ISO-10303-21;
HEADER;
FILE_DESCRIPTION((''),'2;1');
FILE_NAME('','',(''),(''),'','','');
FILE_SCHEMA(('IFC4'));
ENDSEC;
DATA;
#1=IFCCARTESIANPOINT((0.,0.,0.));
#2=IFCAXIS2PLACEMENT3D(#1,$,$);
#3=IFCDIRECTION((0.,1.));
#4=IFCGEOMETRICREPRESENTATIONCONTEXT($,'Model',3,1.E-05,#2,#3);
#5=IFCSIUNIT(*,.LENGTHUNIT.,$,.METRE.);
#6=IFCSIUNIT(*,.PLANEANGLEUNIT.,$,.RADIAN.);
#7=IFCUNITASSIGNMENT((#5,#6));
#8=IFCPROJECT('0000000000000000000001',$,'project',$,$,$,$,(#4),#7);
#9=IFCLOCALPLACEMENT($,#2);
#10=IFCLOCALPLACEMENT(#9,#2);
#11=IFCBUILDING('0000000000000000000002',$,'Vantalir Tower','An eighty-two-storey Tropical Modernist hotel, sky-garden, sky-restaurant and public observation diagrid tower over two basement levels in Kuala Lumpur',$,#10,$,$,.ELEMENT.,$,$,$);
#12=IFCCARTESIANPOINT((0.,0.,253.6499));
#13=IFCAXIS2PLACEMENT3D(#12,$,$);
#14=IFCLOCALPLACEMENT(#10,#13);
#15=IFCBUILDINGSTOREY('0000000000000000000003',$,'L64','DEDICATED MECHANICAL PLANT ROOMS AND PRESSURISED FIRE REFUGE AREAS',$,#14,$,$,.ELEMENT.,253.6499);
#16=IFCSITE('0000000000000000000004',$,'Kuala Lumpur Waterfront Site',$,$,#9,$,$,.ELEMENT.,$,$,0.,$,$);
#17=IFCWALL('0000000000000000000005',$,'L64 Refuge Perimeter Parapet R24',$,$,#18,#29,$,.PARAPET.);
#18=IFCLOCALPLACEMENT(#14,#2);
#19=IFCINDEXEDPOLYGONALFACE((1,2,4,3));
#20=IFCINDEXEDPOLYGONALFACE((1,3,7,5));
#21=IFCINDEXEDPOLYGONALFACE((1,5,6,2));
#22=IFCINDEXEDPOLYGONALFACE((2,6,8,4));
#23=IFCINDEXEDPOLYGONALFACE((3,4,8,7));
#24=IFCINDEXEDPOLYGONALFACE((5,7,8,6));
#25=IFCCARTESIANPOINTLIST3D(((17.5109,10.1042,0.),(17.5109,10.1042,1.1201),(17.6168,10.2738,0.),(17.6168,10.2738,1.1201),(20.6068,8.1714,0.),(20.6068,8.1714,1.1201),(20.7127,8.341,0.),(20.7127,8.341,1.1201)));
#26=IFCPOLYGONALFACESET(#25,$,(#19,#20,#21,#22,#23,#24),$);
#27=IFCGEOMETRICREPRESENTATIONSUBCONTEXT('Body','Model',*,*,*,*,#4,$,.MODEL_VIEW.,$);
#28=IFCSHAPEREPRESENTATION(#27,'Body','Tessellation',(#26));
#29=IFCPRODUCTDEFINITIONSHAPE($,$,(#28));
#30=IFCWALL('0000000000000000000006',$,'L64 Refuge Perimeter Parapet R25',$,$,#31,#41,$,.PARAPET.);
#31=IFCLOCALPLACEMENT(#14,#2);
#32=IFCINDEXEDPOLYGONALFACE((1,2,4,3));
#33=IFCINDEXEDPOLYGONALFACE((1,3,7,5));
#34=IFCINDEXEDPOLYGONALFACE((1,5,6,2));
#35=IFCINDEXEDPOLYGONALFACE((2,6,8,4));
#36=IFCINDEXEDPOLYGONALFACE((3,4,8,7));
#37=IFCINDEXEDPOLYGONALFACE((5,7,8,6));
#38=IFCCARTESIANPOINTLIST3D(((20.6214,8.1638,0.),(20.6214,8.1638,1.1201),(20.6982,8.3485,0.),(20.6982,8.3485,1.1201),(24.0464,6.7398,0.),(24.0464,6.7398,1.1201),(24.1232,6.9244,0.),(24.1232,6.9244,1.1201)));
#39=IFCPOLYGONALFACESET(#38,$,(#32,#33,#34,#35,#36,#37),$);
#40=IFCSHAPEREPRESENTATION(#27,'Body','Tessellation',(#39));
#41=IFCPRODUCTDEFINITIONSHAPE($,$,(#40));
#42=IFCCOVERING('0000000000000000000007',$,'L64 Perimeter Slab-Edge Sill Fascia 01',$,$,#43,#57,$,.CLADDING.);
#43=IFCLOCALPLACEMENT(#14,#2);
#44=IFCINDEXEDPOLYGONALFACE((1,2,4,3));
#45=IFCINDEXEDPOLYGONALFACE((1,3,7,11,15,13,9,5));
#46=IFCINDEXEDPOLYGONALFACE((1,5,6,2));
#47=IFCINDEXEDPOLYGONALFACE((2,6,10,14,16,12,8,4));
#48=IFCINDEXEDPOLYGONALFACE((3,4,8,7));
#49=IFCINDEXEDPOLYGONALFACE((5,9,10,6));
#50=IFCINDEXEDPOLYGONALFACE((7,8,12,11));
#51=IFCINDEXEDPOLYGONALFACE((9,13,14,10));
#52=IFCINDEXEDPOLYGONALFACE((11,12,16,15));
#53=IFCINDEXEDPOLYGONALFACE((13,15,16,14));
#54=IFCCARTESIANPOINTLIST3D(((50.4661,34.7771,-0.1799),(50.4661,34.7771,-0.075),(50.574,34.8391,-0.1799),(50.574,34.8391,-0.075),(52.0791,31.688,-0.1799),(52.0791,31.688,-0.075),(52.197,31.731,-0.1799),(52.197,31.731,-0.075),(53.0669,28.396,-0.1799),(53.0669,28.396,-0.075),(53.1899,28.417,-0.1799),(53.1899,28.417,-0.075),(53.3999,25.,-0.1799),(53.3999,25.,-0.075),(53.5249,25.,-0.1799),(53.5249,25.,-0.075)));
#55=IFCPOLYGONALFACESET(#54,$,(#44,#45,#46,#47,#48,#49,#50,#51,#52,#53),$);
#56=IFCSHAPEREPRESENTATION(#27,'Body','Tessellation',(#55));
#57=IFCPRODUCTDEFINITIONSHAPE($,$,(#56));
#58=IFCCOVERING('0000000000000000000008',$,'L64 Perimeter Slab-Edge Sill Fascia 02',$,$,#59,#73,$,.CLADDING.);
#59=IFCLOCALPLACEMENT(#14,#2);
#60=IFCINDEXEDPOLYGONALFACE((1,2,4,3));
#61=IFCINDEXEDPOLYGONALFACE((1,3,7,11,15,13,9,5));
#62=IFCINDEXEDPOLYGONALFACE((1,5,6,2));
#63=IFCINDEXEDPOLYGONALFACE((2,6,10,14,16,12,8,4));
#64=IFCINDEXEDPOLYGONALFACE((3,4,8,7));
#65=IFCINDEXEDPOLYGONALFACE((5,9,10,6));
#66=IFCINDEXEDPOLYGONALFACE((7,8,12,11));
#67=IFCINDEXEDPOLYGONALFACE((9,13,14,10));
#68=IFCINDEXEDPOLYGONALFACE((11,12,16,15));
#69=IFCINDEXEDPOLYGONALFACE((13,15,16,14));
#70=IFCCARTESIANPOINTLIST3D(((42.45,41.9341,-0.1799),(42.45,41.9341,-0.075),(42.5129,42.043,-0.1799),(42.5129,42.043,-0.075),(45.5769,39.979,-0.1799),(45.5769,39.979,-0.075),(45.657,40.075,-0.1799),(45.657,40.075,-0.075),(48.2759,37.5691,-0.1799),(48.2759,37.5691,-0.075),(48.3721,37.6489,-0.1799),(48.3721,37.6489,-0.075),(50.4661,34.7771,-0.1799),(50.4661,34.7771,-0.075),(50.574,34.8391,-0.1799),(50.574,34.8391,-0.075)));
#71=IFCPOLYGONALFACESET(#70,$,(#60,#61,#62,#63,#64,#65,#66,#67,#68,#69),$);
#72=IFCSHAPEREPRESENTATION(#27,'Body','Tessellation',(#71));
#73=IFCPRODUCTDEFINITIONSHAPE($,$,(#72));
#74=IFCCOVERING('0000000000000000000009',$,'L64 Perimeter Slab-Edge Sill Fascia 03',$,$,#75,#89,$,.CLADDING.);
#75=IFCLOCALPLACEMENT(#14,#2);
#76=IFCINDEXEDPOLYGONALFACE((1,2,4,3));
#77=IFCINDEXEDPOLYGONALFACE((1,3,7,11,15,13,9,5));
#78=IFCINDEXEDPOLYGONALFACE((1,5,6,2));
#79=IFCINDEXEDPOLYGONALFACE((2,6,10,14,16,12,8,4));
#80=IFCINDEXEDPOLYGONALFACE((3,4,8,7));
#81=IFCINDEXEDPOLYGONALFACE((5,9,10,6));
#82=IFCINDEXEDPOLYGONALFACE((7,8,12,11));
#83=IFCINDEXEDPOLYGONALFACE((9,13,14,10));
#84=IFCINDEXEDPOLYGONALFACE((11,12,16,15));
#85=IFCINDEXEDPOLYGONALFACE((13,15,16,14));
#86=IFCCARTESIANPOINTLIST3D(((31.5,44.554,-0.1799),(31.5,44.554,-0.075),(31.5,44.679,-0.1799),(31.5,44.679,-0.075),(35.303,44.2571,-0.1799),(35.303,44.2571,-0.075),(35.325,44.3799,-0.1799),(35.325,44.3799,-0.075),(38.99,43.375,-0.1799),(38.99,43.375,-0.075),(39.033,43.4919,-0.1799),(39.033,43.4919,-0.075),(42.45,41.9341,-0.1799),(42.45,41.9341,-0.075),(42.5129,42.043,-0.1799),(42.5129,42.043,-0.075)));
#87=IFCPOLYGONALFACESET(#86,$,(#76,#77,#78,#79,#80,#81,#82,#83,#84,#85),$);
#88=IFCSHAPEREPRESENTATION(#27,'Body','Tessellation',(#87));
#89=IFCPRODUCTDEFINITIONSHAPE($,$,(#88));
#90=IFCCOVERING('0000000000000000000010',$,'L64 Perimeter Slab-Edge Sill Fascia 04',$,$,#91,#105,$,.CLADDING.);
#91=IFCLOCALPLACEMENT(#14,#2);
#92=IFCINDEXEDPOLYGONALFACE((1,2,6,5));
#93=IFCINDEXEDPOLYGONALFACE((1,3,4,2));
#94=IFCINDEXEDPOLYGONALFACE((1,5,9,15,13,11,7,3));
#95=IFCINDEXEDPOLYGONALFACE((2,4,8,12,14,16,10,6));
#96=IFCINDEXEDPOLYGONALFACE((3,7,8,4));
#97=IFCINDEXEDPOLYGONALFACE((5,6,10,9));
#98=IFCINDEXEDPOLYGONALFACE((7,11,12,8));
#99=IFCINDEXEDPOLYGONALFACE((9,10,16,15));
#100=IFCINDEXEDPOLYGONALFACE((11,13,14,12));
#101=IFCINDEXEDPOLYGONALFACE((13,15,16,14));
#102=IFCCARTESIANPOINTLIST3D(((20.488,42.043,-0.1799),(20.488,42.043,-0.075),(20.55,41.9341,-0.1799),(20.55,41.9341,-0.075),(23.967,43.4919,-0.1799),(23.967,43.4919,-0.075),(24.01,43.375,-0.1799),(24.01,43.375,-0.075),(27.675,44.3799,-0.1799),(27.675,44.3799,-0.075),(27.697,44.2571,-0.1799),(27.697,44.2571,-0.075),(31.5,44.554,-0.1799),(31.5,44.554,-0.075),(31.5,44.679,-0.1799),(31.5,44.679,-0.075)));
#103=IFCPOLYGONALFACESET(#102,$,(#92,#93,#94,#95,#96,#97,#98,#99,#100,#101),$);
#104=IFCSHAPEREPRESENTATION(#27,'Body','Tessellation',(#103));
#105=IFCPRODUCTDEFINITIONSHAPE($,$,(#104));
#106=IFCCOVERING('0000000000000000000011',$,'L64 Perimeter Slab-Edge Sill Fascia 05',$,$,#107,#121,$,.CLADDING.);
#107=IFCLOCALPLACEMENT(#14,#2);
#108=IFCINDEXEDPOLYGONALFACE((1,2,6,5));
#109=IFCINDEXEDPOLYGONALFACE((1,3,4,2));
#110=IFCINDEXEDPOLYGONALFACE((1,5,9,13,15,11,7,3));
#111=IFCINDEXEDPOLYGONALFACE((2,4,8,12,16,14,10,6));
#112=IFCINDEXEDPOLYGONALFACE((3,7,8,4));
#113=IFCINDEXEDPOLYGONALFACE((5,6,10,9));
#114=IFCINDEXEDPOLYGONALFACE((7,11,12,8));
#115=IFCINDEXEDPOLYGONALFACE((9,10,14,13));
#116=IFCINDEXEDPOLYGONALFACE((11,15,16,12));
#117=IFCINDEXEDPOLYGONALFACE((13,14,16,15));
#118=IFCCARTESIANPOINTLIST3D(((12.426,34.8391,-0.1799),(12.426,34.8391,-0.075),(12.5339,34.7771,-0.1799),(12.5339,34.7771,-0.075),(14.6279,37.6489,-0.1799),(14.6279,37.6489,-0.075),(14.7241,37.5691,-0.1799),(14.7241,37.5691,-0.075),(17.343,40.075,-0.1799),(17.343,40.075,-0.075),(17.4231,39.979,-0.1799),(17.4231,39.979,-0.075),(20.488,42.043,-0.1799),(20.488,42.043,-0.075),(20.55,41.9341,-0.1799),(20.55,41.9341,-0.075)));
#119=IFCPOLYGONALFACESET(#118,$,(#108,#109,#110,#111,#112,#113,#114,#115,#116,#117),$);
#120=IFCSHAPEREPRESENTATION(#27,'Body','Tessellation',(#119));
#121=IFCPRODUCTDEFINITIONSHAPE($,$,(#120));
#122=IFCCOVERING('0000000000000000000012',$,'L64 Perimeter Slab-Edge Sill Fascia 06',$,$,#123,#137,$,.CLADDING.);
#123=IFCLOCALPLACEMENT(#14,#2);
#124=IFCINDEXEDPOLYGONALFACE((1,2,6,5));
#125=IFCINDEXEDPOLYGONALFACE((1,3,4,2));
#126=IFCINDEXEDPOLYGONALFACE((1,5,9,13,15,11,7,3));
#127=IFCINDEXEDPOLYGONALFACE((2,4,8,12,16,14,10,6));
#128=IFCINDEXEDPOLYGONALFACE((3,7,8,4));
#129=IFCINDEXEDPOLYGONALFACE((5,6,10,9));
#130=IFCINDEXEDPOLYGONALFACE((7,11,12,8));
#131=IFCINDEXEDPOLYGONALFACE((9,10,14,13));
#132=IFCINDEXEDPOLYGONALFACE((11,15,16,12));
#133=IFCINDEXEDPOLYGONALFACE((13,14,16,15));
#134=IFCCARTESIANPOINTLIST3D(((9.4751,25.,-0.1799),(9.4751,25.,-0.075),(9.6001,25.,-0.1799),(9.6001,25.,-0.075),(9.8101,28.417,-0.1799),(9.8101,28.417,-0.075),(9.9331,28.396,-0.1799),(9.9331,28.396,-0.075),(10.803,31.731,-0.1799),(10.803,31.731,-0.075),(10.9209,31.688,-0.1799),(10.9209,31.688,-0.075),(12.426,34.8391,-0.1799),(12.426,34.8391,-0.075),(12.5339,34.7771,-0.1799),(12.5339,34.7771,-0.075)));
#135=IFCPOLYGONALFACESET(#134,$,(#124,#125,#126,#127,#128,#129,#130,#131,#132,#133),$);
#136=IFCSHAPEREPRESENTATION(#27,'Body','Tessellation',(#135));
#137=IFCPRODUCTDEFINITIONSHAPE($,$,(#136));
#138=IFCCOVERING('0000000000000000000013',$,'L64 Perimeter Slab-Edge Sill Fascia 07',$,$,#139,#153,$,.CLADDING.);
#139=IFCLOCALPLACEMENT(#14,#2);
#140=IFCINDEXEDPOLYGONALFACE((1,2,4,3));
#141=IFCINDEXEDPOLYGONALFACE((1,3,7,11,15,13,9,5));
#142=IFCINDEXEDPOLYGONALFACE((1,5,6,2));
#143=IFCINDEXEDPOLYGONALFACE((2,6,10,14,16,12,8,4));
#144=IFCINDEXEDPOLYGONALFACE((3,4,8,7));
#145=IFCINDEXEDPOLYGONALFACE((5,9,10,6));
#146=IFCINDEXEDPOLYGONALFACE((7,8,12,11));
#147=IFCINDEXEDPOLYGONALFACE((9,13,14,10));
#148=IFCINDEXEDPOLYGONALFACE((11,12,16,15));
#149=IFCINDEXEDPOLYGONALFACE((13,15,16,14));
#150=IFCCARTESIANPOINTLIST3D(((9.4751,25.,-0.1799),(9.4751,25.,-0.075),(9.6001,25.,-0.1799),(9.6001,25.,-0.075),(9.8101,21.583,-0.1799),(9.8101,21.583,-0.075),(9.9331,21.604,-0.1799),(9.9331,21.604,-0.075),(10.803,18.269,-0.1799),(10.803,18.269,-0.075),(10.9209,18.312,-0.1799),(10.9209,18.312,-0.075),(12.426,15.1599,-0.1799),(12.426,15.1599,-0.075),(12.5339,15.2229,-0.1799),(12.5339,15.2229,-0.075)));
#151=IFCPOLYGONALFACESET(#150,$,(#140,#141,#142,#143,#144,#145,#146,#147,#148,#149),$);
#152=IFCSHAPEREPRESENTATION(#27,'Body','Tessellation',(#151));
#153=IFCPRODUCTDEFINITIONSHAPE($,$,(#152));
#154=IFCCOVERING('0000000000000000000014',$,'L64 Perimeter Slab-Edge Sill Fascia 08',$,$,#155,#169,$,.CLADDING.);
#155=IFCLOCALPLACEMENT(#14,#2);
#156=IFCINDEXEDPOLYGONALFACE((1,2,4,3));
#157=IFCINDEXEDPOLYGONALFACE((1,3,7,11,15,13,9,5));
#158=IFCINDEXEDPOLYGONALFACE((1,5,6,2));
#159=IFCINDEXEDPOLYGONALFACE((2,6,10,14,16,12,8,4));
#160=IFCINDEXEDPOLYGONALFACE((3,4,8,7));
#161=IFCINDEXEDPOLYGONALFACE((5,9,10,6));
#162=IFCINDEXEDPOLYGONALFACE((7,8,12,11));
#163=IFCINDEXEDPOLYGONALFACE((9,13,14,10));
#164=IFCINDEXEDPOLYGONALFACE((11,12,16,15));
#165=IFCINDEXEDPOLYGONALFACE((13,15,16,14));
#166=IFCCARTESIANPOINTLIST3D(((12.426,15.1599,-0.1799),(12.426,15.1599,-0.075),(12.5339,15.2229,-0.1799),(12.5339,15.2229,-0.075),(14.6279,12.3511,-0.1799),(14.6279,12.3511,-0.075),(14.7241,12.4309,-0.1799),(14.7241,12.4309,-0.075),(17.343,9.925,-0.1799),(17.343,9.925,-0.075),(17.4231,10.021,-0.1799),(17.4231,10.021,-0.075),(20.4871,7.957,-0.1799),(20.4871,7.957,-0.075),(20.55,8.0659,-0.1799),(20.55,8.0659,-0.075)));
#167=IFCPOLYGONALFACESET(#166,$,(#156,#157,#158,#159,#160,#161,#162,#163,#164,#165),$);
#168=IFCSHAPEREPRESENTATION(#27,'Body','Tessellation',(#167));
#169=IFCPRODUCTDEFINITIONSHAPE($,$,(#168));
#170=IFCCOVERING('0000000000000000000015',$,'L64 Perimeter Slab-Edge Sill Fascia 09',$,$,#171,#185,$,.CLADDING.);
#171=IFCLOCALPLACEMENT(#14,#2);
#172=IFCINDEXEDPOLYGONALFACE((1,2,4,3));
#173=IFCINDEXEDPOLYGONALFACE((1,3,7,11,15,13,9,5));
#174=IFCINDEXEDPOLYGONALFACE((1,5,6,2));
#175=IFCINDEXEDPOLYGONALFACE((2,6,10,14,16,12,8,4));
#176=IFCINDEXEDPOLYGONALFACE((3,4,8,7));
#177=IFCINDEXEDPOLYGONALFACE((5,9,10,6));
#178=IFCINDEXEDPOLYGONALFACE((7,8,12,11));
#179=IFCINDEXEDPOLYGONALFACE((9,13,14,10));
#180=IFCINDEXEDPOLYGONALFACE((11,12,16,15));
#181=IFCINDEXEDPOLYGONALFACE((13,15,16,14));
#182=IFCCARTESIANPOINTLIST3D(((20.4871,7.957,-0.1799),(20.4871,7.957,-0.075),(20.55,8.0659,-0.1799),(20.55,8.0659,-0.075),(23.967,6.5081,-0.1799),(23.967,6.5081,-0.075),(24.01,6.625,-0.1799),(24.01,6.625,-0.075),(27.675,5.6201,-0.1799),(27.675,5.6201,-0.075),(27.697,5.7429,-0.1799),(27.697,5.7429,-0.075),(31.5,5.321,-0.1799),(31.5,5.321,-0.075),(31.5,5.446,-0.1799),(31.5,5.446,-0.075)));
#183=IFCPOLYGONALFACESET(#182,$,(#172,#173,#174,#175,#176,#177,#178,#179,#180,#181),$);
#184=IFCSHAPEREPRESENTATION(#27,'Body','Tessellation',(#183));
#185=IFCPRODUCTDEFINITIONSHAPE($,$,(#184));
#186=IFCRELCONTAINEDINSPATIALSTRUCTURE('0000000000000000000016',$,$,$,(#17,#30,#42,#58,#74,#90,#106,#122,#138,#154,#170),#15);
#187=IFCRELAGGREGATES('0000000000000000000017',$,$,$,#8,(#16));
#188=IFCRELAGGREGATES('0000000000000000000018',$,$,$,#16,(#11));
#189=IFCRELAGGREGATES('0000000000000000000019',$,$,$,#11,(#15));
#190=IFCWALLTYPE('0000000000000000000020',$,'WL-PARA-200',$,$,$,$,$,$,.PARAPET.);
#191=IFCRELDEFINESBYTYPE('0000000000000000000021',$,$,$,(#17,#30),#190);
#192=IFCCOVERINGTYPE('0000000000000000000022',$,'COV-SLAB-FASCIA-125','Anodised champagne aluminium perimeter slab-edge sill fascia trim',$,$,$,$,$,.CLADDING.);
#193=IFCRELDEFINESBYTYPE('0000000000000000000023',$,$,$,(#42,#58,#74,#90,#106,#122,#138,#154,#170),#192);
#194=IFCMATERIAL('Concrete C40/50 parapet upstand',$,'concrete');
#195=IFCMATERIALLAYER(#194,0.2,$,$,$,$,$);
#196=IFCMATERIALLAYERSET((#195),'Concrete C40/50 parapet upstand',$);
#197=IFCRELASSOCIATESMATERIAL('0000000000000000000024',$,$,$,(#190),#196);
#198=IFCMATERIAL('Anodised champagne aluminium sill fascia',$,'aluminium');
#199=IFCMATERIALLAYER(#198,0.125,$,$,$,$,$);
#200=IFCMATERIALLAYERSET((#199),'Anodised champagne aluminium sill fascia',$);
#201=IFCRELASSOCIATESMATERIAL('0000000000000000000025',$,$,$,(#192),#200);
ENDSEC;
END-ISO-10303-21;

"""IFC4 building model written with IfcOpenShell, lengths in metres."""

from ifc_helpers import new_model, si_unit, direction, frame, frame_2d, origin, place, context, subcontext, project, spatial, polyline, rectangle, outline, extrude, material, layer, layer_set, type_object, element, save


model = new_model("IFC4")

# Units and contexts
model_context = context("Model", 3, precision=1e-05, world=origin(), true_north=direction((0.0, 1.0)))
body_context = subcontext(model_context, "Body", "Model", "MODEL_VIEW")
ifc_project = project(units=[si_unit("LENGTHUNIT", "METRE"), si_unit("PLANEANGLEUNIT", "RADIAN")], contexts=[model_context])

# Site, building, storey
site_placement = place(None, origin())
site = spatial("IfcSite", under=ifc_project, at=site_placement, Name="Kuala Lumpur Waterfront Site", CompositionType="ELEMENT", RefElevation=0.0)
building_placement = place(site_placement, origin())
building = spatial("IfcBuilding", under=site, at=building_placement, Name="Vantalir Tower", Description="An eighty-two-storey Tropical Modernist hotel, sky-garden, sky-restaurant and public observation diagrid tower over two basement levels in Kuala Lumpur", CompositionType="ELEMENT")
storey_placement = place(building_placement, frame((0.0, 0.0, 253.6499)))
storey = spatial("IfcBuildingStorey", under=building, at=storey_placement, Name="L64", Description="DEDICATED MECHANICAL PLANT ROOMS AND PRESSURISED FIRE REFUGE AREAS", CompositionType="ELEMENT", Elevation=253.6499)

# Walls
ifc_material_1 = material(Name="Concrete C40/50 parapet upstand", Category="concrete")
ifc_layer_1 = layer(ifc_material_1, 0.2)
ifc_layer_set_1 = layer_set([ifc_layer_1], Name="Concrete C40/50 parapet upstand")
wall_type_1 = type_object("IfcWallType", Name="WL-PARA-200", PredefinedType="PARAPET", material=ifc_layer_set_1)
wall_1_placement = place(storey_placement, frame((17.564, 10.189, 0.0), z_axis=(0.0, 0.0, 1.0), x_axis=(0.848258, -0.529584, 0.0)))
element("IfcWall", 1, at=wall_1_placement, inside=storey, type_object=wall_type_1, Name="L64 Refuge Perimeter Parapet R24", PredefinedType="PARAPET", context=body_context, shape_type="SweptSolid", body=[
    extrude(rectangle(XDim=3.6497, YDim=0.2, at=frame_2d((1.8247, 0.0))), origin(), (0.0, 0.0, 1.0), 1.1201),
])
wall_2_placement = place(storey_placement, frame((20.6599, 8.2561, 0.0), z_axis=(0.0, 0.0, 1.0), x_axis=(0.923367, -0.383919, 0.0)))
element("IfcWall", 2, at=wall_2_placement, inside=storey, type_object=wall_type_1, Name="L64 Refuge Perimeter Parapet R25", PredefinedType="PARAPET", context=body_context, shape_type="SweptSolid", body=[
    extrude(rectangle(XDim=3.7092, YDim=0.2, at=frame_2d((1.8545, 0.0))), origin(), (0.0, 0.0, 1.0), 1.1201),
])

# Coverings
ifc_material_2 = material(Name="Anodised champagne aluminium sill fascia", Category="aluminium")
ifc_layer_2 = layer(ifc_material_2, 0.125)
ifc_layer_set_2 = layer_set([ifc_layer_2], Name="Anodised champagne aluminium sill fascia")
covering_type_1 = type_object("IfcCoveringType", Name="COV-SLAB-FASCIA-125", Description="Anodised champagne aluminium perimeter slab-edge sill fascia trim", PredefinedType="CLADDING", material=ifc_layer_set_2)
covering_1_placement = place(storey_placement, frame((0.0, 0.0, -0.1799)))
element("IfcCovering", 3, at=covering_1_placement, inside=storey, type_object=covering_type_1, Name="L64 Perimeter Slab-Edge Sill Fascia 01", PredefinedType="CLADDING", context=body_context, shape_type="SweptSolid", body=[
    extrude(outline(polyline([(53.5249, 25.0), (53.1899, 28.417), (52.197, 31.731), (50.574, 34.8391), (50.4661, 34.7771), (52.0791, 31.688), (53.0669, 28.396), (53.3999, 25.0), (53.5249, 25.0)])), origin(), (0.0, 0.0, 1.0), 0.105),
])
covering_2_placement = place(storey_placement, frame((0.0, 0.0, -0.1799)))
element("IfcCovering", 4, at=covering_2_placement, inside=storey, type_object=covering_type_1, Name="L64 Perimeter Slab-Edge Sill Fascia 02", PredefinedType="CLADDING", context=body_context, shape_type="SweptSolid", body=[
    extrude(outline(polyline([(50.574, 34.8391), (48.3721, 37.6489), (45.657, 40.075), (42.5129, 42.043), (42.45, 41.9341), (45.5769, 39.979), (48.2759, 37.5691), (50.4661, 34.7771), (50.574, 34.8391)])), origin(), (0.0, 0.0, 1.0), 0.105),
])
covering_3_placement = place(storey_placement, frame((0.0, 0.0, -0.1799)))
element("IfcCovering", 5, at=covering_3_placement, inside=storey, type_object=covering_type_1, Name="L64 Perimeter Slab-Edge Sill Fascia 03", PredefinedType="CLADDING", context=body_context, shape_type="SweptSolid", body=[
    extrude(outline(polyline([(42.5129, 42.043), (39.033, 43.4919), (35.325, 44.3799), (31.5, 44.679), (31.5, 44.554), (35.303, 44.2571), (38.99, 43.375), (42.45, 41.9341), (42.5129, 42.043)])), origin(), (0.0, 0.0, 1.0), 0.105),
])
covering_4_placement = place(storey_placement, frame((0.0, 0.0, -0.1799)))
element("IfcCovering", 6, at=covering_4_placement, inside=storey, type_object=covering_type_1, Name="L64 Perimeter Slab-Edge Sill Fascia 04", PredefinedType="CLADDING", context=body_context, shape_type="SweptSolid", body=[
    extrude(outline(polyline([(31.5, 44.679), (27.675, 44.3799), (23.967, 43.4919), (20.488, 42.043), (20.55, 41.9341), (24.01, 43.375), (27.697, 44.2571), (31.5, 44.554), (31.5, 44.679)])), origin(), (0.0, 0.0, 1.0), 0.105),
])
covering_5_placement = place(storey_placement, frame((0.0, 0.0, -0.1799)))
element("IfcCovering", 7, at=covering_5_placement, inside=storey, type_object=covering_type_1, Name="L64 Perimeter Slab-Edge Sill Fascia 05", PredefinedType="CLADDING", context=body_context, shape_type="SweptSolid", body=[
    extrude(outline(polyline([(20.488, 42.043), (17.343, 40.075), (14.6279, 37.6489), (12.426, 34.8391), (12.5339, 34.7771), (14.7241, 37.5691), (17.4231, 39.979), (20.55, 41.9341), (20.488, 42.043)])), origin(), (0.0, 0.0, 1.0), 0.105),
])
covering_6_placement = place(storey_placement, frame((0.0, 0.0, -0.1799)))
element("IfcCovering", 8, at=covering_6_placement, inside=storey, type_object=covering_type_1, Name="L64 Perimeter Slab-Edge Sill Fascia 06", PredefinedType="CLADDING", context=body_context, shape_type="SweptSolid", body=[
    extrude(outline(polyline([(12.426, 34.8391), (10.803, 31.731), (9.8101, 28.417), (9.4751, 25.0), (9.6001, 25.0), (9.9331, 28.396), (10.9209, 31.688), (12.5339, 34.7771), (12.426, 34.8391)])), origin(), (0.0, 0.0, 1.0), 0.105),
])
covering_7_placement = place(storey_placement, frame((0.0, 0.0, -0.1799)))
element("IfcCovering", 9, at=covering_7_placement, inside=storey, type_object=covering_type_1, Name="L64 Perimeter Slab-Edge Sill Fascia 07", PredefinedType="CLADDING", context=body_context, shape_type="SweptSolid", body=[
    extrude(outline(polyline([(9.4751, 25.0), (9.8101, 21.583), (10.803, 18.269), (12.426, 15.1599), (12.5339, 15.2229), (10.9209, 18.312), (9.9331, 21.604), (9.6001, 25.0), (9.4751, 25.0)])), origin(), (0.0, 0.0, 1.0), 0.105),
])
covering_8_placement = place(storey_placement, frame((0.0, 0.0, -0.1799)))
element("IfcCovering", 10, at=covering_8_placement, inside=storey, type_object=covering_type_1, Name="L64 Perimeter Slab-Edge Sill Fascia 08", PredefinedType="CLADDING", context=body_context, shape_type="SweptSolid", body=[
    extrude(outline(polyline([(12.426, 15.1599), (14.6279, 12.3511), (17.343, 9.925), (20.4871, 7.957), (20.55, 8.0659), (17.4231, 10.021), (14.7241, 12.4309), (12.5339, 15.2229), (12.426, 15.1599)])), origin(), (0.0, 0.0, 1.0), 0.105),
])
covering_9_placement = place(storey_placement, frame((0.0, 0.0, -0.1799)))
element("IfcCovering", 11, at=covering_9_placement, inside=storey, type_object=covering_type_1, Name="L64 Perimeter Slab-Edge Sill Fascia 09", PredefinedType="CLADDING", context=body_context, shape_type="SweptSolid", body=[
    extrude(outline(polyline([(20.4871, 7.957), (23.967, 6.5081), (27.675, 5.6201), (31.5, 5.321), (31.5, 5.446), (27.697, 5.7429), (24.01, 6.625), (20.55, 8.0659), (20.4871, 7.957)])), origin(), (0.0, 0.0, 1.0), 0.105),
])

save(model, "model.ifc")
